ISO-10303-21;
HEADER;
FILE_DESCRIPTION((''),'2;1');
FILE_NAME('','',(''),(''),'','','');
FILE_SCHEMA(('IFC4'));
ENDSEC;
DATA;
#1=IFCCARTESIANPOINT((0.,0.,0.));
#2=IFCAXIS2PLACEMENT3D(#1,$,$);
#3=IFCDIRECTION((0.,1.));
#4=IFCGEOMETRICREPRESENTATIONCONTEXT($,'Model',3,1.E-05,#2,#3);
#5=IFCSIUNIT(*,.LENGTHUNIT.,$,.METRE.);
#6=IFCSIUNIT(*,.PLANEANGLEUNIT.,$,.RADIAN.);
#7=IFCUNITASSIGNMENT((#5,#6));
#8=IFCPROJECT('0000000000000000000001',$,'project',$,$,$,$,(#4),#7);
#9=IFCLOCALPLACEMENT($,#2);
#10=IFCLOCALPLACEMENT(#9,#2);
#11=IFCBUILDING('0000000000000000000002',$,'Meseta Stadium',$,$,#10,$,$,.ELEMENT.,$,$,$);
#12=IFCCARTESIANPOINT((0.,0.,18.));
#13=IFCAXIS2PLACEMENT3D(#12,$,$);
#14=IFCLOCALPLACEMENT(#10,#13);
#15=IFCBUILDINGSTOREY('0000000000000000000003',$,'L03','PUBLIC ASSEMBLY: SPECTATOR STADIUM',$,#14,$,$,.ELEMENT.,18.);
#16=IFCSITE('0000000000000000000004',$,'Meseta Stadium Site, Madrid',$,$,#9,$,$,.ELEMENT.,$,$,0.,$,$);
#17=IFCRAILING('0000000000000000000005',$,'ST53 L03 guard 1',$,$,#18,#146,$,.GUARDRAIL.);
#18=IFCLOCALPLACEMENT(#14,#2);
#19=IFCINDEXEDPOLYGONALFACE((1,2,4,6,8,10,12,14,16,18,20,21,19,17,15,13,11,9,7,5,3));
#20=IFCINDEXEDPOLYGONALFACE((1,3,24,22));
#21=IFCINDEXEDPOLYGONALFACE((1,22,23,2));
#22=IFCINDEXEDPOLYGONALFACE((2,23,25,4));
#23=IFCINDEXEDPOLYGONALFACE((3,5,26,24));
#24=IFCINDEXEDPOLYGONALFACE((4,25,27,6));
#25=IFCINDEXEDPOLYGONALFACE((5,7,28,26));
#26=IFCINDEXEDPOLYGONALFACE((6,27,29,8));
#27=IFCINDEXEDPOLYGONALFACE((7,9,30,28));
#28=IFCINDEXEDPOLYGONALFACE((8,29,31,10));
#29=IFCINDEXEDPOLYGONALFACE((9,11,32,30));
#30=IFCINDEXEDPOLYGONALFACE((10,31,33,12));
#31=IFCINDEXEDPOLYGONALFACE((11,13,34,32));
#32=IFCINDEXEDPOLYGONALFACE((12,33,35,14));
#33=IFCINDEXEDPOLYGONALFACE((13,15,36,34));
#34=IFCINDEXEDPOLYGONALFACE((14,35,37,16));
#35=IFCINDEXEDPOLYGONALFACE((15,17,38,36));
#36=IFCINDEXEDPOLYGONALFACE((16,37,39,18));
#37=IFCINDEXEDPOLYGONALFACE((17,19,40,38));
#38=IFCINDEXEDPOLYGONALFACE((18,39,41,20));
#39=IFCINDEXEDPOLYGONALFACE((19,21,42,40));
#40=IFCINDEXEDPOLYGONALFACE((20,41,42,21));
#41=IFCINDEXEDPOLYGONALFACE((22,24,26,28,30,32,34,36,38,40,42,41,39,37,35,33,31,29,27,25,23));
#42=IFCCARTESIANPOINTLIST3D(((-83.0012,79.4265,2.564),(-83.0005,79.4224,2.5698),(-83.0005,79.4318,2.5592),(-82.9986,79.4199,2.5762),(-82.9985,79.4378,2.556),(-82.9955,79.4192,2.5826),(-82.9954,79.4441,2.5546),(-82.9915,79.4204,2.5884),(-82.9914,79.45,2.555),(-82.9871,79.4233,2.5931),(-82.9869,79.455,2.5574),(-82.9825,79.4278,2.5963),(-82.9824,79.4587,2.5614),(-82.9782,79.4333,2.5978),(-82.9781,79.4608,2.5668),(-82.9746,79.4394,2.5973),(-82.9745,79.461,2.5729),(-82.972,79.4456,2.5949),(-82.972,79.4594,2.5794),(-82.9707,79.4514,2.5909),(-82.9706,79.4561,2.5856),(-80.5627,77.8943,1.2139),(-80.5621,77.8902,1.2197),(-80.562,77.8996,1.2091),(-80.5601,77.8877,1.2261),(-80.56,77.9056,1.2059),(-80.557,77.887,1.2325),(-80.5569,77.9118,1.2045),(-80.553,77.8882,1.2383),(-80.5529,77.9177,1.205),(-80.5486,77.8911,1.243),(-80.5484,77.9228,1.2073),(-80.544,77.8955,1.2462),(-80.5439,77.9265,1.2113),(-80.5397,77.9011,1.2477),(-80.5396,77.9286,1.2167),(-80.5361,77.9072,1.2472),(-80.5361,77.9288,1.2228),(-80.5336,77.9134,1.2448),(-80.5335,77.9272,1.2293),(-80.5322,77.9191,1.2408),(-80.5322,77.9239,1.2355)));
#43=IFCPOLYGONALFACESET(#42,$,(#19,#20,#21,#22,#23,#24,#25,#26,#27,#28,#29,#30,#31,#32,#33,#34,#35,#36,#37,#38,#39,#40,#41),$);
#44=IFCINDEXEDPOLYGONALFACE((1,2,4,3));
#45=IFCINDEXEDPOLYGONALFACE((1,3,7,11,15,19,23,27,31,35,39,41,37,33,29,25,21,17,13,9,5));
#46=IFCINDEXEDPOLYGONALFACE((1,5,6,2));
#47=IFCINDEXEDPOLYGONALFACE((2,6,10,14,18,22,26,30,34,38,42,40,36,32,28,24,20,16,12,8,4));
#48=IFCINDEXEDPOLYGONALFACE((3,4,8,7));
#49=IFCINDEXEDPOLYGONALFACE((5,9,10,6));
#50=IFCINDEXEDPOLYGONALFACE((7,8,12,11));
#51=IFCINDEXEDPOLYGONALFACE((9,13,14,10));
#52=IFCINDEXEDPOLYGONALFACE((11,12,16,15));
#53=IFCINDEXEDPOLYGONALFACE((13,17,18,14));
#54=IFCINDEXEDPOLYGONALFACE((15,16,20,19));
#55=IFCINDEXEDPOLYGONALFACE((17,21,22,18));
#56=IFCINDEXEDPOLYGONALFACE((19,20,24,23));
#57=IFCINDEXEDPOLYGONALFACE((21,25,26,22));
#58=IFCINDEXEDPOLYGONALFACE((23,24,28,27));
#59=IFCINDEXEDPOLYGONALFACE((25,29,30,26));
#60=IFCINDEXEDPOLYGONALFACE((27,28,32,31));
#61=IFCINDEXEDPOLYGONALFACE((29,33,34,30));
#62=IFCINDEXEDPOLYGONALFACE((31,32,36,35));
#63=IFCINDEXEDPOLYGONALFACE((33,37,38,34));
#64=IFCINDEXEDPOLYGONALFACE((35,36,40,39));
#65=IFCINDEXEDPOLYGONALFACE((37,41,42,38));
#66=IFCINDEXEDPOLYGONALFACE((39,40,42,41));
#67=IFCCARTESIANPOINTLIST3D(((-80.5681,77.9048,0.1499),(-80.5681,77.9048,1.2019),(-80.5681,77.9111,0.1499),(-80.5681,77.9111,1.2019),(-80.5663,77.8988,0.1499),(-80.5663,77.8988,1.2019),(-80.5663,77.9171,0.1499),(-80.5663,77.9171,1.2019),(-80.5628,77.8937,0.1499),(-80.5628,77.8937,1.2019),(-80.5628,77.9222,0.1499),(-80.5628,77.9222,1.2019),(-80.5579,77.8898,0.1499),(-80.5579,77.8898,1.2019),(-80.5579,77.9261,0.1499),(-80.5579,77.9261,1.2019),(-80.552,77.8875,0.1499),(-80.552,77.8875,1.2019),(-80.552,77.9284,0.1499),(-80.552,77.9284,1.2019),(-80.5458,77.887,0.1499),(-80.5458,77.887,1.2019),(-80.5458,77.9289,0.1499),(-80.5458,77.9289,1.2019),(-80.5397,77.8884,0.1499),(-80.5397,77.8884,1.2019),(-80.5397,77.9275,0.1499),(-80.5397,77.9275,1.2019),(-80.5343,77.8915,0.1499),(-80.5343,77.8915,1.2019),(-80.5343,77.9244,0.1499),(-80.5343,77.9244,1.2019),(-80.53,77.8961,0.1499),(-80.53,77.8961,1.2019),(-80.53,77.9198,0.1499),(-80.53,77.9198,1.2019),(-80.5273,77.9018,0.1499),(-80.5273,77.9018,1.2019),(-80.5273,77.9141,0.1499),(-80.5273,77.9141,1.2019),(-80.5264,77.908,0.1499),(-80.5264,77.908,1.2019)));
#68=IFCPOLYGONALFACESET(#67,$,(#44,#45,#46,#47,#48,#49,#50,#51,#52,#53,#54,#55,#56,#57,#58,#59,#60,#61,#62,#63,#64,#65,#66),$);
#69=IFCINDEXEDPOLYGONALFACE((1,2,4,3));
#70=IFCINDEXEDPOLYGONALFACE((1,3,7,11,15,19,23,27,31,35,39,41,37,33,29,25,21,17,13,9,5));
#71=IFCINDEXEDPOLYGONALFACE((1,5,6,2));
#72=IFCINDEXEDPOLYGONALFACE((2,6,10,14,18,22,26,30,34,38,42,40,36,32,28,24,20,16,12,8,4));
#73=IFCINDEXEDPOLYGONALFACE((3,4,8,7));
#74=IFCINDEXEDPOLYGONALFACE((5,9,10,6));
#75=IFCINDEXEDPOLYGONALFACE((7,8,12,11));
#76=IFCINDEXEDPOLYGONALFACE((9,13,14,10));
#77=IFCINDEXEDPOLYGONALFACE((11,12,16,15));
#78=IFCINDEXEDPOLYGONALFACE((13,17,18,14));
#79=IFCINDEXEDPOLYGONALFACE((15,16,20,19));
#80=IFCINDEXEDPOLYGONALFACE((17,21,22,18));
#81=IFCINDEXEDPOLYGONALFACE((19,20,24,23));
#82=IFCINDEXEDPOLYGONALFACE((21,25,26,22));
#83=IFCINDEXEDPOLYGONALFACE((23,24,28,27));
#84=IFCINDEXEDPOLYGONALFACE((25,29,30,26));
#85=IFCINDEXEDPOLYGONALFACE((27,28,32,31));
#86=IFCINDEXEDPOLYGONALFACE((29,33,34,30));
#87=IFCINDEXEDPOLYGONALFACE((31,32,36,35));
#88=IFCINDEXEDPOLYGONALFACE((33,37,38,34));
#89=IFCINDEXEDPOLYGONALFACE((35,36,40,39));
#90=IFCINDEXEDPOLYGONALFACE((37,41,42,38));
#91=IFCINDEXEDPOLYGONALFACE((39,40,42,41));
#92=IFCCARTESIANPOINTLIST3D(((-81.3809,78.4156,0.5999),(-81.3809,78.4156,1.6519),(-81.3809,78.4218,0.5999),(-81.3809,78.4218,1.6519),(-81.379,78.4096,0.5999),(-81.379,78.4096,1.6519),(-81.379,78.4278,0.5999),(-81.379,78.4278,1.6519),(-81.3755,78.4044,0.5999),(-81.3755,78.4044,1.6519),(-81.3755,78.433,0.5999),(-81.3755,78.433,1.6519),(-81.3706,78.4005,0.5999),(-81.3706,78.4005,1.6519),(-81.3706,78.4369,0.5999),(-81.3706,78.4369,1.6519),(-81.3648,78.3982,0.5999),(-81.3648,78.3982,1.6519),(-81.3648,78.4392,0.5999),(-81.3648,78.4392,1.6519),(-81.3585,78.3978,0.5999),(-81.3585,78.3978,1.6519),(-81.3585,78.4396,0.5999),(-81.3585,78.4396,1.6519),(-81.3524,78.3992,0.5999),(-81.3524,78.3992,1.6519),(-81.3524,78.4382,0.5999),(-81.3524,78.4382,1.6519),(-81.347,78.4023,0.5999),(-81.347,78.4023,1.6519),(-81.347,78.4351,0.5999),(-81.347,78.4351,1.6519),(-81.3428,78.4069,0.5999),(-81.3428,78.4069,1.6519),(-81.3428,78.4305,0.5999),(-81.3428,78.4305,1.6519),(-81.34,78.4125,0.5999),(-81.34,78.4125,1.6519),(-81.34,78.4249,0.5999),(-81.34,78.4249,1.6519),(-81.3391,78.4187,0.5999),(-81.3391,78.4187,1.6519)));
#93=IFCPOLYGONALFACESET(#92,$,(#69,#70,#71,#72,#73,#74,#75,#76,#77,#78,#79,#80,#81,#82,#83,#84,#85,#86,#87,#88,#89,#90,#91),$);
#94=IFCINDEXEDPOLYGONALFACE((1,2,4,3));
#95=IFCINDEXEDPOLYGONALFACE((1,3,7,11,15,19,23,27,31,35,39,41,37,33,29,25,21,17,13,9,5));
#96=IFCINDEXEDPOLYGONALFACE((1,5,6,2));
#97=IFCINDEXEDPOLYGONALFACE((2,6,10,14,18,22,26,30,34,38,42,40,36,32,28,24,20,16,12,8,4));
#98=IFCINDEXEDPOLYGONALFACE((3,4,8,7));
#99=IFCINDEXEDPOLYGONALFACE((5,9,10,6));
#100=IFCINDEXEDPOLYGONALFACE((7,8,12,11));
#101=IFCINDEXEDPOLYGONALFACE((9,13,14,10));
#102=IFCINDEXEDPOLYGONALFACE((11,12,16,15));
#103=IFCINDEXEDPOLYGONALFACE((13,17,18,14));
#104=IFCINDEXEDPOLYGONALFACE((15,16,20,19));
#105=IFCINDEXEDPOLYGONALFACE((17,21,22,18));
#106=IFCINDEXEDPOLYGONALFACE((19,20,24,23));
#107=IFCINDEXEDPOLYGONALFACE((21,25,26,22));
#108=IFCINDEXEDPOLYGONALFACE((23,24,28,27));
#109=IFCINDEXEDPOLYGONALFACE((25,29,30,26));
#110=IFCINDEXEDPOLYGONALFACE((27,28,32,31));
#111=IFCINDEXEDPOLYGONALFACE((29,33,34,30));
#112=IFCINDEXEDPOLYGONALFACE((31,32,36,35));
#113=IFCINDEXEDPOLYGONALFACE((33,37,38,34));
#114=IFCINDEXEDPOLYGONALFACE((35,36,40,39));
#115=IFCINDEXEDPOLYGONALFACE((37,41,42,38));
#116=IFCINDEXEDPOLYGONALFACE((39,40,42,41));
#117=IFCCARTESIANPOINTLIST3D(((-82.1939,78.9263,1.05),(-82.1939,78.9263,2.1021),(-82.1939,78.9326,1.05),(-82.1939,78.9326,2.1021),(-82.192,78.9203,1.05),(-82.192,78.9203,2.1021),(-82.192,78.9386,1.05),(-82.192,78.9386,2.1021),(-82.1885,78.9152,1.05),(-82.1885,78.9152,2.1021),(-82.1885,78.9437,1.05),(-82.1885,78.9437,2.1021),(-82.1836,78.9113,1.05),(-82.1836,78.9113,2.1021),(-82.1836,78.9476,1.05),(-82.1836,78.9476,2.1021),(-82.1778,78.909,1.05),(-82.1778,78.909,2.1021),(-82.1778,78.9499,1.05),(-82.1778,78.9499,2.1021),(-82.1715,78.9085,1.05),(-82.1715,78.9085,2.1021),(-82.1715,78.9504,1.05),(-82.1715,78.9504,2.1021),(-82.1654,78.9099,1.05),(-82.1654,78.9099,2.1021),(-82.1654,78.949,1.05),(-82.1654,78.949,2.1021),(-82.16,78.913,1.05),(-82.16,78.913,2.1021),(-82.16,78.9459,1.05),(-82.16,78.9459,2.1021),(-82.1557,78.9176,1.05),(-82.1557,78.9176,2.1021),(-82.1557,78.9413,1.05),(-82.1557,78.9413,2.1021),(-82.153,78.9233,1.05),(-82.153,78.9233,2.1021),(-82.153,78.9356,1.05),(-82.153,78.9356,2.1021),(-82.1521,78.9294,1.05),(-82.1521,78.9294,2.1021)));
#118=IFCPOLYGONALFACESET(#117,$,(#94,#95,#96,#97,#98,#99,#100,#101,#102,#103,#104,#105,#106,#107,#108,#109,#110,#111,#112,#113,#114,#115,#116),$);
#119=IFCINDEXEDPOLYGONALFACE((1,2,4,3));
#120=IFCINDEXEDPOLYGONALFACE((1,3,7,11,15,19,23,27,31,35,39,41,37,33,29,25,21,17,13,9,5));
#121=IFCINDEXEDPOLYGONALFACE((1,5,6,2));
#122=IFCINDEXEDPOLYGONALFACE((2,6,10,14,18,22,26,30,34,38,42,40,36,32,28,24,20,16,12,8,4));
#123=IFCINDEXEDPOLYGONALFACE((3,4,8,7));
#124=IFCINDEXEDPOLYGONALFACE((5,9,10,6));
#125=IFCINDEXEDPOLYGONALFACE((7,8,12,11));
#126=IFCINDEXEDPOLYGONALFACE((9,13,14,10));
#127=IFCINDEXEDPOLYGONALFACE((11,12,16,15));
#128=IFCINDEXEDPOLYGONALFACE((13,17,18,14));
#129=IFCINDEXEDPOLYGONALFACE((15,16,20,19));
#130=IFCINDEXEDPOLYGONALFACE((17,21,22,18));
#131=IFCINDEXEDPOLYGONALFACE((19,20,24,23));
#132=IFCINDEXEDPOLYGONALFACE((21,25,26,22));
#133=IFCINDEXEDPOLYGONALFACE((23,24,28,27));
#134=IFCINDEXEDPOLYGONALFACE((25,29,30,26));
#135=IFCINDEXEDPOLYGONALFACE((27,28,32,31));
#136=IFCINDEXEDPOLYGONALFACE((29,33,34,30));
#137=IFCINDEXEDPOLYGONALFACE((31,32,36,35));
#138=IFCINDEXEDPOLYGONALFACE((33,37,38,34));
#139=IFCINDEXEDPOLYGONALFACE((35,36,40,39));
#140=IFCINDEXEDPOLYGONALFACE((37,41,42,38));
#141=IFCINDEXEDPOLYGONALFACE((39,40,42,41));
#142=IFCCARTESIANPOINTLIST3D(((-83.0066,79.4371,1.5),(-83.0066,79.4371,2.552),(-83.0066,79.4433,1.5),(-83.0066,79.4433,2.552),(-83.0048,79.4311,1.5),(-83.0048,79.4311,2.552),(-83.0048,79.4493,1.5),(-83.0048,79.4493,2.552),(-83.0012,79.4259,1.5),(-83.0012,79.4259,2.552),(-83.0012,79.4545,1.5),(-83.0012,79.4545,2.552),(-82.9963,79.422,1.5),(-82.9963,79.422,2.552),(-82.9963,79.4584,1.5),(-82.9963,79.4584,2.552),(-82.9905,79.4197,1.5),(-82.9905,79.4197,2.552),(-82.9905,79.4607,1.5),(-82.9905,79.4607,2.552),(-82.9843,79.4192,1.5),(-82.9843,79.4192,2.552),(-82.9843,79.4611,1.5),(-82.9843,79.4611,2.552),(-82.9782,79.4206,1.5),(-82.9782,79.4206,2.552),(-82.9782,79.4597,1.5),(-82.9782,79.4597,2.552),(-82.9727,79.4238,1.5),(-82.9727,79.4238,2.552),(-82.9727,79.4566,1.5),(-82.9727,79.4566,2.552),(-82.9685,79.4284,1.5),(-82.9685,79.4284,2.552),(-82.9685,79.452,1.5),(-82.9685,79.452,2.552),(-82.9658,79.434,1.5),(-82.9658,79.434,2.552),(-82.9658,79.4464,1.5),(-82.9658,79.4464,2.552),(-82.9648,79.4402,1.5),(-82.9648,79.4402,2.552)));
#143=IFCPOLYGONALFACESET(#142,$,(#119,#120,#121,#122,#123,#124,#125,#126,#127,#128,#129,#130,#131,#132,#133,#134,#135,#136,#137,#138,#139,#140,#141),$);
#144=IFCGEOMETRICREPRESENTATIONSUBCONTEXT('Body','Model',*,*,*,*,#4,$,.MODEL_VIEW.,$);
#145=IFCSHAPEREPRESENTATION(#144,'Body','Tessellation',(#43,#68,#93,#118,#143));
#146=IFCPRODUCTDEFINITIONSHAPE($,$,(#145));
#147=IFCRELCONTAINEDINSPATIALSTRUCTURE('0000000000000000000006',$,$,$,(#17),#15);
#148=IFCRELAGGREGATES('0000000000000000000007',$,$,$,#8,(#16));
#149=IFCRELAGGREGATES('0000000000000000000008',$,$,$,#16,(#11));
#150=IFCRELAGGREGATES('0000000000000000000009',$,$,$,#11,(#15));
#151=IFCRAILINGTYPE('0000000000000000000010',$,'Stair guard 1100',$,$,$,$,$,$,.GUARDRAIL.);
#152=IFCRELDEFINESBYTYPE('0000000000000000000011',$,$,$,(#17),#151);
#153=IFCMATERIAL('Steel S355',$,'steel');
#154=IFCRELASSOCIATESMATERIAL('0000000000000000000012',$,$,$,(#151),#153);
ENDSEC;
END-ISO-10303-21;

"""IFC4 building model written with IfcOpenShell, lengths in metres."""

from ifc_helpers import new_model, si_unit, direction, frame, origin, origin_2d, place, context, subcontext, project, spatial, circle, extrude, material, type_object, element, save


model = new_model("IFC4")

# Units and contexts
model_context = context("Model", 3, precision=1e-05, world=origin(), true_north=direction((0.0, 1.0)))
body_context = subcontext(model_context, "Body", "Model", "MODEL_VIEW")
ifc_project = project(units=[si_unit("LENGTHUNIT", "METRE"), si_unit("PLANEANGLEUNIT", "RADIAN")], contexts=[model_context])

# Site, building, storey
site_placement = place(None, origin())
site = spatial("IfcSite", under=ifc_project, at=site_placement, Name="Meseta Stadium Site, Madrid", CompositionType="ELEMENT", RefElevation=0.0)
building_placement = place(site_placement, origin())
building = spatial("IfcBuilding", under=site, at=building_placement, Name="Meseta Stadium", CompositionType="ELEMENT")
storey_placement = place(building_placement, frame((0.0, 0.0, 18.0)))
storey = spatial("IfcBuildingStorey", under=building, at=storey_placement, Name="L03", Description="PUBLIC ASSEMBLY: SPECTATOR STADIUM", CompositionType="ELEMENT", Elevation=18.0)

# Railing
ifc_material_1 = material(Name="Steel S355", Category="steel")
railing_type_1 = type_object("IfcRailingType", Name="Stair guard 1100", PredefinedType="GUARDRAIL", material=ifc_material_1)
railing_1_placement = place(storey_placement, frame((-80.5474, 77.908, 0.1499)))
element("IfcRailing", 1, at=railing_1_placement, inside=storey, type_object=railing_type_1, Name="ST53 L03 guard 1", PredefinedType="GUARDRAIL", context=body_context, shape_type="SweptSolid", body=[
    extrude(circle(Radius=0.0239, at=origin_2d()), frame((0.0, 0.0, 1.0762), z_axis=(-0.766655, 0.481731, 0.42447), x_axis=(-0.53204, -0.846719, 0.0)), (0.0, 0.0, 1.0), 3.1807),
    extrude(circle(Radius=0.021, at=origin_2d()), origin(), (0.0, 0.0, 1.0), 1.052),
    extrude(circle(Radius=0.021, at=origin_2d()), frame((-0.8127, 0.5107, 0.45)), (0.0, 0.0, 1.0), 1.052),
    extrude(circle(Radius=0.021, at=origin_2d()), frame((-1.6257, 1.0215, 0.9001)), (0.0, 0.0, 1.0), 1.052),
    extrude(circle(Radius=0.021, at=origin_2d()), frame((-2.4385, 1.5322, 1.3501)), (0.0, 0.0, 1.0), 1.052),
])

save(model, "model.ifc")
